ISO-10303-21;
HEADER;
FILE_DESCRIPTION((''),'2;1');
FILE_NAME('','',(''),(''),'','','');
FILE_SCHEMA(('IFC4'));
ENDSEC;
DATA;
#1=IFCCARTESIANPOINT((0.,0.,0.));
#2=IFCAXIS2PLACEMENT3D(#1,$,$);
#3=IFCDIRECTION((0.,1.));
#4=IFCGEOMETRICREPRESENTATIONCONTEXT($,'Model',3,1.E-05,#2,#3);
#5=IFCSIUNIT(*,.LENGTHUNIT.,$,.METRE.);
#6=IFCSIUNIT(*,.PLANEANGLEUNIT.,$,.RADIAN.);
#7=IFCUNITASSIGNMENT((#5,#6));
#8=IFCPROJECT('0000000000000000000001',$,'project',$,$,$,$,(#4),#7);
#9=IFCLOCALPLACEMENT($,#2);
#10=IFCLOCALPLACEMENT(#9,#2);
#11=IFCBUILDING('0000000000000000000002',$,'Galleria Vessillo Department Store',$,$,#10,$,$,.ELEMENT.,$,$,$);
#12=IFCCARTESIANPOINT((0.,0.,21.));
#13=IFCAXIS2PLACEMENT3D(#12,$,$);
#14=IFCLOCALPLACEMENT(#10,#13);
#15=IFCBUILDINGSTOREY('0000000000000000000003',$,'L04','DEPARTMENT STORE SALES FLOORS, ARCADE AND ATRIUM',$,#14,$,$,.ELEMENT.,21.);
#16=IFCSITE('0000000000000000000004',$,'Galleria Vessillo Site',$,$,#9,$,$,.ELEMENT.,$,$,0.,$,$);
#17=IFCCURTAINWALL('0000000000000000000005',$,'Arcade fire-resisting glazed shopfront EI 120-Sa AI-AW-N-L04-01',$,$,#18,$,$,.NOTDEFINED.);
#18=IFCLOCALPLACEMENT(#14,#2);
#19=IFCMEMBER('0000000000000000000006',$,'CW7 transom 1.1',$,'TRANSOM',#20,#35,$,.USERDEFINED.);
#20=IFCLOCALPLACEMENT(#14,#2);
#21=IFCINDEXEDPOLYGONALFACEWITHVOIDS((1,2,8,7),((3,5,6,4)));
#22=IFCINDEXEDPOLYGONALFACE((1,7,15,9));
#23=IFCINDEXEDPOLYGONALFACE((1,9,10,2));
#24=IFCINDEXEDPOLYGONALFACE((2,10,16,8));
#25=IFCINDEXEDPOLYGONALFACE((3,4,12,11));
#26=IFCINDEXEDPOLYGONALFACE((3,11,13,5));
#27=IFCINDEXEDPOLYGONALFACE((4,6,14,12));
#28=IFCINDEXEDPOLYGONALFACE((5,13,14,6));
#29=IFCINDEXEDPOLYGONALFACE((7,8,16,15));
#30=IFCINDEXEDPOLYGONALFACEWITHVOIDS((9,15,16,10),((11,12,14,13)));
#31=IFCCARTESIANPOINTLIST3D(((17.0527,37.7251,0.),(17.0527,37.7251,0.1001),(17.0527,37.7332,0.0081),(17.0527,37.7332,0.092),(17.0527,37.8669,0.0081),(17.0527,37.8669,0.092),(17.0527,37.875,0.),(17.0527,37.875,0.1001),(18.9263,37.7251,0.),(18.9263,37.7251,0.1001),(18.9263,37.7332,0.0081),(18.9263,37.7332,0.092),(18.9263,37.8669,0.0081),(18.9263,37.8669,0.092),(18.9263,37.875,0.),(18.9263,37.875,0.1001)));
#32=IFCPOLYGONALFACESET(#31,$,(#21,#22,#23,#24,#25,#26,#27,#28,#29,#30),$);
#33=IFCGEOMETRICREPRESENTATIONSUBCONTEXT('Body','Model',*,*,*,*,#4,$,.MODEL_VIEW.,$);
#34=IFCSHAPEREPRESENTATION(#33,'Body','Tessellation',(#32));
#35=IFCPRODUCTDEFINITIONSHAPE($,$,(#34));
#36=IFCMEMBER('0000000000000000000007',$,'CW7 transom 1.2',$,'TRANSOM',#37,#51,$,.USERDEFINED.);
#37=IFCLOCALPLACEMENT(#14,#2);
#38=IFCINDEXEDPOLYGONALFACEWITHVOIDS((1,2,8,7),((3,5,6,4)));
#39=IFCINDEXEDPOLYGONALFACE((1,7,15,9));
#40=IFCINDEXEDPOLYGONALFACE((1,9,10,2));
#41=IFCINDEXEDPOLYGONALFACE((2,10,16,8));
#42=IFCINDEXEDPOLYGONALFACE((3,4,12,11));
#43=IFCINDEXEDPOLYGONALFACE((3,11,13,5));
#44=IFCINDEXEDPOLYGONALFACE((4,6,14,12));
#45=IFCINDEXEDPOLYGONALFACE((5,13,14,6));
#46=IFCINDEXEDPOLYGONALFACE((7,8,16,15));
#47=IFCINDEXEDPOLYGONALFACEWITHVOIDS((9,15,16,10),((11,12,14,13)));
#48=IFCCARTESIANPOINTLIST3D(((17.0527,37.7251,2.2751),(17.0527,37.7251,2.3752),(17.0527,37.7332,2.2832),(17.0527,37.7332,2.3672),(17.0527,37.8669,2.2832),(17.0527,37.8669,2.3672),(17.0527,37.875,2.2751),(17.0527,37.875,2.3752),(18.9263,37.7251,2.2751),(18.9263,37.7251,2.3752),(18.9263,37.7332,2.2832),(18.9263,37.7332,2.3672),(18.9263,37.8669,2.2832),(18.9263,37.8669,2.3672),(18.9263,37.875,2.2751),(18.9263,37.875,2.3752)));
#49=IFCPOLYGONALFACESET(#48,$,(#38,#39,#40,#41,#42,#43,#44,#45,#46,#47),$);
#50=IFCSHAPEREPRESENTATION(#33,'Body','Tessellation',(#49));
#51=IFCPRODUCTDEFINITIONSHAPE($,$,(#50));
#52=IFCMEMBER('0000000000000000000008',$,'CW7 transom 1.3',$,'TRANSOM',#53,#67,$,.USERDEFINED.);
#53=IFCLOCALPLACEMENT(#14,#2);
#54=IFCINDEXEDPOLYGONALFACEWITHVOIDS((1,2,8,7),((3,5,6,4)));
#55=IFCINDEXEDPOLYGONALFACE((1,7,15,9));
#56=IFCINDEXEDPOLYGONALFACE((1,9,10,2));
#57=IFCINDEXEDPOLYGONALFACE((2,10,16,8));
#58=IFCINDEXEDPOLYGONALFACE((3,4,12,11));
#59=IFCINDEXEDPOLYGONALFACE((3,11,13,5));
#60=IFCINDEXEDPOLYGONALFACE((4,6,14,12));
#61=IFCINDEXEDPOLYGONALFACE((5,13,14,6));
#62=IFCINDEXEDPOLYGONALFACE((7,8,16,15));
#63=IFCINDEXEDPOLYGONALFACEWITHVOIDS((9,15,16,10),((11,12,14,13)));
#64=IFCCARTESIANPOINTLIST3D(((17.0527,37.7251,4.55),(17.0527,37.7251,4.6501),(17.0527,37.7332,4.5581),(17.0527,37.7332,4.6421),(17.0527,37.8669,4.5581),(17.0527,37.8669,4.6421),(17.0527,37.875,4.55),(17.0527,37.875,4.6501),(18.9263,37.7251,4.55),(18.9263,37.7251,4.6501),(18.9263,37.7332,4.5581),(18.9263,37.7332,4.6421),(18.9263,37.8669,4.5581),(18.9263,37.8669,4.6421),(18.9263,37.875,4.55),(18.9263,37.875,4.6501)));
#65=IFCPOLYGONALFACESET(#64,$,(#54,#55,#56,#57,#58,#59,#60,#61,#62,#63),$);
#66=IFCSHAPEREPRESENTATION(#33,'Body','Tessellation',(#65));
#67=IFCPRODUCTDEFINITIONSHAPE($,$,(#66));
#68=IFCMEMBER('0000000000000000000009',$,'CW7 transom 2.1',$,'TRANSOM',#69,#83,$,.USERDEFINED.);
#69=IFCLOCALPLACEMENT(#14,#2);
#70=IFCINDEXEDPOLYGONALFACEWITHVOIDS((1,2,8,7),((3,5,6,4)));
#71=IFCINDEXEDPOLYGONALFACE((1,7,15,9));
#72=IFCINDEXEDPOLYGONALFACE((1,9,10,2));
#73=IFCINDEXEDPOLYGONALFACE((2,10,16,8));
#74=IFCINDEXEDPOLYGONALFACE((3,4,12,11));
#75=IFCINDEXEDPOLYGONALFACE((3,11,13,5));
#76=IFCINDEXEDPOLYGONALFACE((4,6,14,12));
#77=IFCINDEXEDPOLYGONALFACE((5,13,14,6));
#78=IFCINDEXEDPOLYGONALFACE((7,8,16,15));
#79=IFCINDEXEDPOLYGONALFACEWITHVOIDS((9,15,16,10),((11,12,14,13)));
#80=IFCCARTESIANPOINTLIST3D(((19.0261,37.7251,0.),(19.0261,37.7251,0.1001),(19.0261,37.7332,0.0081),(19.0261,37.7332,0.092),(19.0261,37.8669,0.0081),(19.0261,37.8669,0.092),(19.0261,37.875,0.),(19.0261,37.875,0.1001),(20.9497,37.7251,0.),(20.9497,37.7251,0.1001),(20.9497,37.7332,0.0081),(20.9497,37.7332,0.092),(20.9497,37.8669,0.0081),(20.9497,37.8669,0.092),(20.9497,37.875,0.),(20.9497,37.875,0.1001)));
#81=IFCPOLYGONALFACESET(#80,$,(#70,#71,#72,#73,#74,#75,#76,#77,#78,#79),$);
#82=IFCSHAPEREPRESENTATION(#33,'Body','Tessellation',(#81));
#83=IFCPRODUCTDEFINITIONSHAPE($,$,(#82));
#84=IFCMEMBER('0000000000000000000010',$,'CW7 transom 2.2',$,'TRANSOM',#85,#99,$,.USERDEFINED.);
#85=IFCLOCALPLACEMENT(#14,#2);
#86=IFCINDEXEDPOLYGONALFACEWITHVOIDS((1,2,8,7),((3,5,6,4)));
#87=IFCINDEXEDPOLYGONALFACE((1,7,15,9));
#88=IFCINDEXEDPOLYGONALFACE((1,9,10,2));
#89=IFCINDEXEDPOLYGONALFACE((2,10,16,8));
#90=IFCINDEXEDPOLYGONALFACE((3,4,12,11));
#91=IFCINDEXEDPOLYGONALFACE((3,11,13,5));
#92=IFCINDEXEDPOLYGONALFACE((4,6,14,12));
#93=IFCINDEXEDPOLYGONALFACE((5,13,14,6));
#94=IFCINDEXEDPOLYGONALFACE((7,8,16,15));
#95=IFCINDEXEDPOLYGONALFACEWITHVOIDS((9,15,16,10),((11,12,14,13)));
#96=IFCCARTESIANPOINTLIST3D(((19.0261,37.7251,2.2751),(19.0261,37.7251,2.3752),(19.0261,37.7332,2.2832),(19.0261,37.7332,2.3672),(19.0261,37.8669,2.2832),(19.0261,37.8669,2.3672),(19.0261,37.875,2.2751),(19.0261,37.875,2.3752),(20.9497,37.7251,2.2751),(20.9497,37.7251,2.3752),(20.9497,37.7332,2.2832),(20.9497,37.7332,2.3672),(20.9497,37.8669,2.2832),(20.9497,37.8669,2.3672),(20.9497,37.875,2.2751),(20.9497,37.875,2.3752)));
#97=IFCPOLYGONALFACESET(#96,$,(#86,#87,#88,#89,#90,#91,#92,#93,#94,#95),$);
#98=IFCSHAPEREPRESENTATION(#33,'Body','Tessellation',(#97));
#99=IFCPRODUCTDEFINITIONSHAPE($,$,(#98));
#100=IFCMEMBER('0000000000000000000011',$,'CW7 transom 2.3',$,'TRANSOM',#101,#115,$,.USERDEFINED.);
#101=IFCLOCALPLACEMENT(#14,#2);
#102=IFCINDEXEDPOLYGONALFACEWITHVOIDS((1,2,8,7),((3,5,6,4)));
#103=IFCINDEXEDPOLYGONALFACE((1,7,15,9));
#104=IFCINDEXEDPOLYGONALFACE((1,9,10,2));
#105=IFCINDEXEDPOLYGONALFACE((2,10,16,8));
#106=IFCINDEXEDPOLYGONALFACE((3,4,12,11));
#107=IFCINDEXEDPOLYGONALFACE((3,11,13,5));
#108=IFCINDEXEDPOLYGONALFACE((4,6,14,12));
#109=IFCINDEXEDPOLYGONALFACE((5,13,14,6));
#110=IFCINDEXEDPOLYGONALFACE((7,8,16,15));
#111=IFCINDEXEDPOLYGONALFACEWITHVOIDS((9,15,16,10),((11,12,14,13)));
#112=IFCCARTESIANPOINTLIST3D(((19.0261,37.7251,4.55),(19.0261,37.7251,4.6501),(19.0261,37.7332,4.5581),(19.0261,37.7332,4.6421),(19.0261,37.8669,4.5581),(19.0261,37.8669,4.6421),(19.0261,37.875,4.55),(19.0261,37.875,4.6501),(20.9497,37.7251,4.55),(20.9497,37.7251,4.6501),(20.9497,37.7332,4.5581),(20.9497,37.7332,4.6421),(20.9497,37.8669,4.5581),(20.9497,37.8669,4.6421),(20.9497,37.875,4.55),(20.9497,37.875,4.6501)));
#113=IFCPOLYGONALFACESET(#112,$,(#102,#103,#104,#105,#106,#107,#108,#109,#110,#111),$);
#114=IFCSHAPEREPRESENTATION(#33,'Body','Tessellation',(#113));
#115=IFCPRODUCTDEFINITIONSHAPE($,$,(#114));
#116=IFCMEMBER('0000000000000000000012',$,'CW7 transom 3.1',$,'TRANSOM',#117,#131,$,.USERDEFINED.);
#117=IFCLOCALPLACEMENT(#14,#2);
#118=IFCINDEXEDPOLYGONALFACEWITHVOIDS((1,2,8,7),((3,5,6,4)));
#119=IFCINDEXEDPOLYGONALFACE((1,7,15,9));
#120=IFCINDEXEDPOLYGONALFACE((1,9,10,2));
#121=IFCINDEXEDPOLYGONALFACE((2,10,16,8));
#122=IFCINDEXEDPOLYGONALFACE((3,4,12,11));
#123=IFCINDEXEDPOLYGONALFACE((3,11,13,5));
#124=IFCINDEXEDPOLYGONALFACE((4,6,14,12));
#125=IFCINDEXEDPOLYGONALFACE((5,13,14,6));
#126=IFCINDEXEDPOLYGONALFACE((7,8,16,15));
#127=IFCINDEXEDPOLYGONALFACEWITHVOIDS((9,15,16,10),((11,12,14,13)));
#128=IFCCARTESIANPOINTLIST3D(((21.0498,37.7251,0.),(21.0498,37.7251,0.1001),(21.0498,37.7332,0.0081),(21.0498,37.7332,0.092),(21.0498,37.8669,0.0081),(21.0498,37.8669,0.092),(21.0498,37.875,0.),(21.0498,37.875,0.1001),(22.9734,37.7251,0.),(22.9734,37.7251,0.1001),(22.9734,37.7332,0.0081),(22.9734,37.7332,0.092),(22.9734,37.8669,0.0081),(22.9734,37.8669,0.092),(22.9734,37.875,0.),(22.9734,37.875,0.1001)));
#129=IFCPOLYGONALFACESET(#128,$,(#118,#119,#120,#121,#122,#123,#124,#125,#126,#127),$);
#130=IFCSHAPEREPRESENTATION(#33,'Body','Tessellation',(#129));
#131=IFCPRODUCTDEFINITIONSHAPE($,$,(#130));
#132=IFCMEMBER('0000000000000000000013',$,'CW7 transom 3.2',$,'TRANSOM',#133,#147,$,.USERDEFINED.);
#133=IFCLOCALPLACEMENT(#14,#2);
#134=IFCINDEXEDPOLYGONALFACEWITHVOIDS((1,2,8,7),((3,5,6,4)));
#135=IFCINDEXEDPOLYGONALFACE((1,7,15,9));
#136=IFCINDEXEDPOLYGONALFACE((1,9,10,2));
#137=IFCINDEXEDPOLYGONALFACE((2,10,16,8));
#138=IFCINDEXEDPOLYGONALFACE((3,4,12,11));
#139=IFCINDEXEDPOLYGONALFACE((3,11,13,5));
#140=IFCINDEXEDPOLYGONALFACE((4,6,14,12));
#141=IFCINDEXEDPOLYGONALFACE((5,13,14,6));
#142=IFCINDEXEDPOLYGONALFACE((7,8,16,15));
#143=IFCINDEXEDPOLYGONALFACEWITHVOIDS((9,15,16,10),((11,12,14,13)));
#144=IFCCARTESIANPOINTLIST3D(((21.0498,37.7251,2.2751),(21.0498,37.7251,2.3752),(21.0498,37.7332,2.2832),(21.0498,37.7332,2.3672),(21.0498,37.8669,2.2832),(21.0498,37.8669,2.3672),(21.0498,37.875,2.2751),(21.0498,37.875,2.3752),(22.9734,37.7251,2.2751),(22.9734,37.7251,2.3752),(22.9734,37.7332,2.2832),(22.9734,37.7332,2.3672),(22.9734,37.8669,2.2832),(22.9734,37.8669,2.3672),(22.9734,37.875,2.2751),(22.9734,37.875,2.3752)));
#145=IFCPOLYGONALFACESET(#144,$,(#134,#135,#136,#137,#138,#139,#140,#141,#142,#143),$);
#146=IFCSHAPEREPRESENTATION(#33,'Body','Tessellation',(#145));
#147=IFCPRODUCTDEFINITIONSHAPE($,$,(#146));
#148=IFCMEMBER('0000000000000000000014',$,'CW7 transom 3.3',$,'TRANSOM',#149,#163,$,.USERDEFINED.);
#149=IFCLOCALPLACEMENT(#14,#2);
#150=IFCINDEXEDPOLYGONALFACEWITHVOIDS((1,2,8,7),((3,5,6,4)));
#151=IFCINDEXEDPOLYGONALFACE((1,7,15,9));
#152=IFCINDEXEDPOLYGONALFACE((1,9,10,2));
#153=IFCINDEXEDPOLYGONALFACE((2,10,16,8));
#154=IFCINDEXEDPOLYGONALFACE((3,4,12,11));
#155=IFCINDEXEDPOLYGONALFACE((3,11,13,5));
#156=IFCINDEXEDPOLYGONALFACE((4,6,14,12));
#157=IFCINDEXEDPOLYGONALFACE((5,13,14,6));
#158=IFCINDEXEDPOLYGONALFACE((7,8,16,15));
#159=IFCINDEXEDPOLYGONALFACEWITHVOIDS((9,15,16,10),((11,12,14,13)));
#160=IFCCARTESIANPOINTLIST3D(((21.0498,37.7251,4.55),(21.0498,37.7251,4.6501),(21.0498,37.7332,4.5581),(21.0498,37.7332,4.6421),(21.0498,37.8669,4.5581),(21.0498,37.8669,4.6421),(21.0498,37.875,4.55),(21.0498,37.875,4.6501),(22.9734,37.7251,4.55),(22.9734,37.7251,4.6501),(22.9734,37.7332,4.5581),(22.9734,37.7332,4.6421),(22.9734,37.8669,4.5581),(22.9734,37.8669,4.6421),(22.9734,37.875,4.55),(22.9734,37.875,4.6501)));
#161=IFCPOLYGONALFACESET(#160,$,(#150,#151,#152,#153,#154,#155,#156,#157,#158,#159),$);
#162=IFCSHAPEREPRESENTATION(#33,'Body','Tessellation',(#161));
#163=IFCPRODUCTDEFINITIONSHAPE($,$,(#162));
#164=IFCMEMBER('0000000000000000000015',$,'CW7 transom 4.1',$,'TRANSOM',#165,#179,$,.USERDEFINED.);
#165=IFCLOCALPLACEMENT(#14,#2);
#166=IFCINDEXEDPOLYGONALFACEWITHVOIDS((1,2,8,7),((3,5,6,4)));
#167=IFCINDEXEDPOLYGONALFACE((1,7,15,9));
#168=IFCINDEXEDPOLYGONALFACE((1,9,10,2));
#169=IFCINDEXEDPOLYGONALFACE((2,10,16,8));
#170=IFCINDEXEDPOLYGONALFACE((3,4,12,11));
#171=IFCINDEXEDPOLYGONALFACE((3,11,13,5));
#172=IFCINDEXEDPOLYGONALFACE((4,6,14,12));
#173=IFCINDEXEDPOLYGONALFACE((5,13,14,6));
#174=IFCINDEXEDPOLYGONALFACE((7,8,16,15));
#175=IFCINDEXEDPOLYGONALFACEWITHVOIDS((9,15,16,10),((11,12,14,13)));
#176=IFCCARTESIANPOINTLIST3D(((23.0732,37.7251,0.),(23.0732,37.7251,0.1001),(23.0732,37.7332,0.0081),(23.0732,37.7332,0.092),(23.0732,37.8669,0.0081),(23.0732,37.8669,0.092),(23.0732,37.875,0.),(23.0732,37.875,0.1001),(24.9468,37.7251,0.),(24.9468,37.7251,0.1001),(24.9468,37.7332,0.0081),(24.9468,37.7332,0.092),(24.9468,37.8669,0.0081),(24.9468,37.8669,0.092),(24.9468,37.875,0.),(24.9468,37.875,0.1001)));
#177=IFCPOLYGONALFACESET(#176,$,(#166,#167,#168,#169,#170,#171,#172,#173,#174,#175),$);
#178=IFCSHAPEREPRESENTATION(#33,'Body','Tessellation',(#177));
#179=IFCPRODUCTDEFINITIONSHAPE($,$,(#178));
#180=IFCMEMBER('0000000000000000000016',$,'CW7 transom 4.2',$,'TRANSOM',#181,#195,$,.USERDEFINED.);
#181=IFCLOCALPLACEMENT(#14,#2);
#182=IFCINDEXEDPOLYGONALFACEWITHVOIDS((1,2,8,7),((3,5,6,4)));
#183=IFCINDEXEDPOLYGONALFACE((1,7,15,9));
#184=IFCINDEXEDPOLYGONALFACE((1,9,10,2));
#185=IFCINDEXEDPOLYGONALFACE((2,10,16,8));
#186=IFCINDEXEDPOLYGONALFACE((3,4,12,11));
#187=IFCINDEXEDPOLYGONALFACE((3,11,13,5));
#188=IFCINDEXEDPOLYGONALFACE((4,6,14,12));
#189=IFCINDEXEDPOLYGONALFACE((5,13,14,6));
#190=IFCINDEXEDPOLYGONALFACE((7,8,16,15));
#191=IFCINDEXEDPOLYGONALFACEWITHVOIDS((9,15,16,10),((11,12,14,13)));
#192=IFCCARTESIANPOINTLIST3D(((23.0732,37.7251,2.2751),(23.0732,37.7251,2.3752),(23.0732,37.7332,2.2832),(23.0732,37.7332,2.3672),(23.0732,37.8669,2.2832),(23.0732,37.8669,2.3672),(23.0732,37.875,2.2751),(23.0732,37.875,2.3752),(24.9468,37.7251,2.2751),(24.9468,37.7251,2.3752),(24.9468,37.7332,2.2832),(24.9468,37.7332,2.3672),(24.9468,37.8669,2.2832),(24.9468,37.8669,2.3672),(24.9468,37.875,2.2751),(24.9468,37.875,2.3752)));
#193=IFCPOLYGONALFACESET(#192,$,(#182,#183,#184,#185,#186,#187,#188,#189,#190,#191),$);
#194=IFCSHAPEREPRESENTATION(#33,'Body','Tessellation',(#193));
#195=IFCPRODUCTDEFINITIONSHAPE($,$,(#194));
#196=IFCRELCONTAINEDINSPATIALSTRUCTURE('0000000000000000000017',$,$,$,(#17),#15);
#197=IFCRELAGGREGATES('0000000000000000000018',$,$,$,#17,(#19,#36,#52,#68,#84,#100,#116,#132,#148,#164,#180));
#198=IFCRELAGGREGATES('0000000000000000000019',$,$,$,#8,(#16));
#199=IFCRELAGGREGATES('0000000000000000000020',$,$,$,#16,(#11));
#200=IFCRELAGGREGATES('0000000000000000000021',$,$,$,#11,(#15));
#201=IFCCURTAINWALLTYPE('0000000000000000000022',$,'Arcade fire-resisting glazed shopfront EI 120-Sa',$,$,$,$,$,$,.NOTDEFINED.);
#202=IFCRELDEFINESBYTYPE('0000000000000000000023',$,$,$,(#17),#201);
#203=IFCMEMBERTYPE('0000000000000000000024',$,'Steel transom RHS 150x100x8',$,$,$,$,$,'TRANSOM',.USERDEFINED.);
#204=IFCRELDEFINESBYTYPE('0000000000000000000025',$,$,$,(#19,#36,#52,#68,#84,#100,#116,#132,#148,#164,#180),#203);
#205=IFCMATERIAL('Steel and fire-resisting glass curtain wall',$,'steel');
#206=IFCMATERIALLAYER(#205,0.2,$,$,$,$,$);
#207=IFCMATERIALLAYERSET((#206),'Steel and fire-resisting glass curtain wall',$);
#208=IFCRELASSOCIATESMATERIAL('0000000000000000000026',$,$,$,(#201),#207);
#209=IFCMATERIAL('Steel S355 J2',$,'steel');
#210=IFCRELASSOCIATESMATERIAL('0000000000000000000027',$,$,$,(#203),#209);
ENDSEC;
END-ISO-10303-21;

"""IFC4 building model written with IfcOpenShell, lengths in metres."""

from ifc_helpers import new_model, si_unit, direction, frame, origin, origin_2d, place, context, subcontext, project, spatial, hollow_rectangle, extrude, material, layer, layer_set, material_profile, profile_set, type_object, element, aggregate, save


model = new_model("IFC4")

# Units and contexts
model_context = context("Model", 3, precision=1e-05, world=origin(), true_north=direction((0.0, 1.0)))
body_context = subcontext(model_context, "Body", "Model", "MODEL_VIEW")
ifc_project = project(units=[si_unit("LENGTHUNIT", "METRE"), si_unit("PLANEANGLEUNIT", "RADIAN")], contexts=[model_context])

# Site, building, storey
site_placement = place(None, origin())
site = spatial("IfcSite", under=ifc_project, at=site_placement, Name="Galleria Vessillo Site", CompositionType="ELEMENT", RefElevation=0.0)
building_placement = place(site_placement, origin())
building = spatial("IfcBuilding", under=site, at=building_placement, Name="Galleria Vessillo Department Store", CompositionType="ELEMENT")
storey_placement = place(building_placement, frame((0.0, 0.0, 21.0)))
storey = spatial("IfcBuildingStorey", under=building, at=storey_placement, Name="L04", Description="DEPARTMENT STORE SALES FLOORS, ARCADE AND ATRIUM", CompositionType="ELEMENT", Elevation=21.0)

# Curtain wall, members
ifc_material_1 = material(Name="Steel and fire-resisting glass curtain wall", Category="steel")
ifc_layer_1 = layer(ifc_material_1, 0.2)
ifc_layer_set_1 = layer_set([ifc_layer_1], Name="Steel and fire-resisting glass curtain wall")
curtain_wall_type = type_object("IfcCurtainWallType", Name="Arcade fire-resisting glazed shopfront EI 120-Sa", PredefinedType="NOTDEFINED", material=ifc_layer_set_1)
curtain_wall_placement = place(storey_placement, origin())
curtain_wall = element("IfcCurtainWall", 1, at=curtain_wall_placement, inside=storey, type_object=curtain_wall_type, Name="Arcade fire-resisting glazed shopfront EI 120-Sa AI-AW-N-L04-01", PredefinedType="NOTDEFINED")
ifc_material_2 = material(Name="Steel S355 J2", Category="steel")
ifc_material_profile_1 = material_profile(ifc_material_2, hollow_rectangle(XDim=0.1499, YDim=0.1001, WallThickness=0.0081, at=origin_2d()), Name="RHS 150x100x8")
ifc_profile_set_1 = profile_set([ifc_material_profile_1], Name="Steel S355 J2")
member_type_1 = type_object("IfcMemberType", Name="Steel transom RHS 150x100x8", ElementType="TRANSOM", PredefinedType="USERDEFINED", material=ifc_profile_set_1)
member_1_placement = place(storey_placement, frame((17.0527, 37.8, 0.05), z_axis=(1.0, 0.0, 0.0), x_axis=(0.0, 1.0, 0.0)))
member_1 = element("IfcMember", 2, at=member_1_placement, type_object=member_type_1, Name="CW7 transom 1.1", ObjectType="TRANSOM", PredefinedType="USERDEFINED", context=body_context, shape_type="SweptSolid", body=[
    extrude(hollow_rectangle(XDim=0.1499, YDim=0.1001, WallThickness=0.0081, at=origin_2d()), origin(), (0.0, 0.0, 1.0), 1.8735),
])
member_2_placement = place(storey_placement, frame((17.0527, 37.8, 2.3252), z_axis=(1.0, 0.0, 0.0), x_axis=(0.0, 1.0, 0.0)))
member_2 = element("IfcMember", 3, at=member_2_placement, type_object=member_type_1, Name="CW7 transom 1.2", ObjectType="TRANSOM", PredefinedType="USERDEFINED", context=body_context, shape_type="SweptSolid", body=[
    extrude(hollow_rectangle(XDim=0.1499, YDim=0.1001, WallThickness=0.0081, at=origin_2d()), origin(), (0.0, 0.0, 1.0), 1.8735),
])
member_3_placement = place(storey_placement, frame((17.0527, 37.8, 4.6001), z_axis=(1.0, 0.0, 0.0), x_axis=(0.0, 1.0, 0.0)))
member_3 = element("IfcMember", 4, at=member_3_placement, type_object=member_type_1, Name="CW7 transom 1.3", ObjectType="TRANSOM", PredefinedType="USERDEFINED", context=body_context, shape_type="SweptSolid", body=[
    extrude(hollow_rectangle(XDim=0.1499, YDim=0.1001, WallThickness=0.0081, at=origin_2d()), origin(), (0.0, 0.0, 1.0), 1.8735),
])
member_4_placement = place(storey_placement, frame((19.0261, 37.8, 0.05), z_axis=(1.0, 0.0, 0.0), x_axis=(0.0, 1.0, 0.0)))
member_4 = element("IfcMember", 5, at=member_4_placement, type_object=member_type_1, Name="CW7 transom 2.1", ObjectType="TRANSOM", PredefinedType="USERDEFINED", context=body_context, shape_type="SweptSolid", body=[
    extrude(hollow_rectangle(XDim=0.1499, YDim=0.1001, WallThickness=0.0081, at=origin_2d()), origin(), (0.0, 0.0, 1.0), 1.9236),
])
member_5_placement = place(storey_placement, frame((19.0261, 37.8, 2.3252), z_axis=(1.0, 0.0, 0.0), x_axis=(0.0, 1.0, 0.0)))
member_5 = element("IfcMember", 6, at=member_5_placement, type_object=member_type_1, Name="CW7 transom 2.2", ObjectType="TRANSOM", PredefinedType="USERDEFINED", context=body_context, shape_type="SweptSolid", body=[
    extrude(hollow_rectangle(XDim=0.1499, YDim=0.1001, WallThickness=0.0081, at=origin_2d()), origin(), (0.0, 0.0, 1.0), 1.9236),
])
member_6_placement = place(storey_placement, frame((19.0261, 37.8, 4.6001), z_axis=(1.0, 0.0, 0.0), x_axis=(0.0, 1.0, 0.0)))
member_6 = element("IfcMember", 7, at=member_6_placement, type_object=member_type_1, Name="CW7 transom 2.3", ObjectType="TRANSOM", PredefinedType="USERDEFINED", context=body_context, shape_type="SweptSolid", body=[
    extrude(hollow_rectangle(XDim=0.1499, YDim=0.1001, WallThickness=0.0081, at=origin_2d()), origin(), (0.0, 0.0, 1.0), 1.9236),
])
member_7_placement = place(storey_placement, frame((21.0498, 37.8, 0.05), z_axis=(1.0, 0.0, 0.0), x_axis=(0.0, 1.0, 0.0)))
member_7 = element("IfcMember", 8, at=member_7_placement, type_object=member_type_1, Name="CW7 transom 3.1", ObjectType="TRANSOM", PredefinedType="USERDEFINED", context=body_context, shape_type="SweptSolid", body=[
    extrude(hollow_rectangle(XDim=0.1499, YDim=0.1001, WallThickness=0.0081, at=origin_2d()), origin(), (0.0, 0.0, 1.0), 1.9236),
])
member_8_placement = place(storey_placement, frame((21.0498, 37.8, 2.3252), z_axis=(1.0, 0.0, 0.0), x_axis=(0.0, 1.0, 0.0)))
member_8 = element("IfcMember", 9, at=member_8_placement, type_object=member_type_1, Name="CW7 transom 3.2", ObjectType="TRANSOM", PredefinedType="USERDEFINED", context=body_context, shape_type="SweptSolid", body=[
    extrude(hollow_rectangle(XDim=0.1499, YDim=0.1001, WallThickness=0.0081, at=origin_2d()), origin(), (0.0, 0.0, 1.0), 1.9236),
])
member_9_placement = place(storey_placement, frame((21.0498, 37.8, 4.6001), z_axis=(1.0, 0.0, 0.0), x_axis=(0.0, 1.0, 0.0)))
member_9 = element("IfcMember", 10, at=member_9_placement, type_object=member_type_1, Name="CW7 transom 3.3", ObjectType="TRANSOM", PredefinedType="USERDEFINED", context=body_context, shape_type="SweptSolid", body=[
    extrude(hollow_rectangle(XDim=0.1499, YDim=0.1001, WallThickness=0.0081, at=origin_2d()), origin(), (0.0, 0.0, 1.0), 1.9236),
])
member_10_placement = place(storey_placement, frame((23.0732, 37.8, 0.05), z_axis=(1.0, 0.0, 0.0), x_axis=(0.0, 1.0, 0.0)))
member_10 = element("IfcMember", 11, at=member_10_placement, type_object=member_type_1, Name="CW7 transom 4.1", ObjectType="TRANSOM", PredefinedType="USERDEFINED", context=body_context, shape_type="SweptSolid", body=[
    extrude(hollow_rectangle(XDim=0.1499, YDim=0.1001, WallThickness=0.0081, at=origin_2d()), origin(), (0.0, 0.0, 1.0), 1.8735),
])
member_11_placement = place(storey_placement, frame((23.0732, 37.8, 2.3252), z_axis=(1.0, 0.0, 0.0), x_axis=(0.0, 1.0, 0.0)))
member_11 = element("IfcMember", 12, at=member_11_placement, type_object=member_type_1, Name="CW7 transom 4.2", ObjectType="TRANSOM", PredefinedType="USERDEFINED", context=body_context, shape_type="SweptSolid", body=[
    extrude(hollow_rectangle(XDim=0.1499, YDim=0.1001, WallThickness=0.0081, at=origin_2d()), origin(), (0.0, 0.0, 1.0), 1.8735),
])

aggregate(curtain_wall, [member_1, member_2, member_3, member_4, member_5, member_6, member_7, member_8, member_9, member_10, member_11])

save(model, "model.ifc")
